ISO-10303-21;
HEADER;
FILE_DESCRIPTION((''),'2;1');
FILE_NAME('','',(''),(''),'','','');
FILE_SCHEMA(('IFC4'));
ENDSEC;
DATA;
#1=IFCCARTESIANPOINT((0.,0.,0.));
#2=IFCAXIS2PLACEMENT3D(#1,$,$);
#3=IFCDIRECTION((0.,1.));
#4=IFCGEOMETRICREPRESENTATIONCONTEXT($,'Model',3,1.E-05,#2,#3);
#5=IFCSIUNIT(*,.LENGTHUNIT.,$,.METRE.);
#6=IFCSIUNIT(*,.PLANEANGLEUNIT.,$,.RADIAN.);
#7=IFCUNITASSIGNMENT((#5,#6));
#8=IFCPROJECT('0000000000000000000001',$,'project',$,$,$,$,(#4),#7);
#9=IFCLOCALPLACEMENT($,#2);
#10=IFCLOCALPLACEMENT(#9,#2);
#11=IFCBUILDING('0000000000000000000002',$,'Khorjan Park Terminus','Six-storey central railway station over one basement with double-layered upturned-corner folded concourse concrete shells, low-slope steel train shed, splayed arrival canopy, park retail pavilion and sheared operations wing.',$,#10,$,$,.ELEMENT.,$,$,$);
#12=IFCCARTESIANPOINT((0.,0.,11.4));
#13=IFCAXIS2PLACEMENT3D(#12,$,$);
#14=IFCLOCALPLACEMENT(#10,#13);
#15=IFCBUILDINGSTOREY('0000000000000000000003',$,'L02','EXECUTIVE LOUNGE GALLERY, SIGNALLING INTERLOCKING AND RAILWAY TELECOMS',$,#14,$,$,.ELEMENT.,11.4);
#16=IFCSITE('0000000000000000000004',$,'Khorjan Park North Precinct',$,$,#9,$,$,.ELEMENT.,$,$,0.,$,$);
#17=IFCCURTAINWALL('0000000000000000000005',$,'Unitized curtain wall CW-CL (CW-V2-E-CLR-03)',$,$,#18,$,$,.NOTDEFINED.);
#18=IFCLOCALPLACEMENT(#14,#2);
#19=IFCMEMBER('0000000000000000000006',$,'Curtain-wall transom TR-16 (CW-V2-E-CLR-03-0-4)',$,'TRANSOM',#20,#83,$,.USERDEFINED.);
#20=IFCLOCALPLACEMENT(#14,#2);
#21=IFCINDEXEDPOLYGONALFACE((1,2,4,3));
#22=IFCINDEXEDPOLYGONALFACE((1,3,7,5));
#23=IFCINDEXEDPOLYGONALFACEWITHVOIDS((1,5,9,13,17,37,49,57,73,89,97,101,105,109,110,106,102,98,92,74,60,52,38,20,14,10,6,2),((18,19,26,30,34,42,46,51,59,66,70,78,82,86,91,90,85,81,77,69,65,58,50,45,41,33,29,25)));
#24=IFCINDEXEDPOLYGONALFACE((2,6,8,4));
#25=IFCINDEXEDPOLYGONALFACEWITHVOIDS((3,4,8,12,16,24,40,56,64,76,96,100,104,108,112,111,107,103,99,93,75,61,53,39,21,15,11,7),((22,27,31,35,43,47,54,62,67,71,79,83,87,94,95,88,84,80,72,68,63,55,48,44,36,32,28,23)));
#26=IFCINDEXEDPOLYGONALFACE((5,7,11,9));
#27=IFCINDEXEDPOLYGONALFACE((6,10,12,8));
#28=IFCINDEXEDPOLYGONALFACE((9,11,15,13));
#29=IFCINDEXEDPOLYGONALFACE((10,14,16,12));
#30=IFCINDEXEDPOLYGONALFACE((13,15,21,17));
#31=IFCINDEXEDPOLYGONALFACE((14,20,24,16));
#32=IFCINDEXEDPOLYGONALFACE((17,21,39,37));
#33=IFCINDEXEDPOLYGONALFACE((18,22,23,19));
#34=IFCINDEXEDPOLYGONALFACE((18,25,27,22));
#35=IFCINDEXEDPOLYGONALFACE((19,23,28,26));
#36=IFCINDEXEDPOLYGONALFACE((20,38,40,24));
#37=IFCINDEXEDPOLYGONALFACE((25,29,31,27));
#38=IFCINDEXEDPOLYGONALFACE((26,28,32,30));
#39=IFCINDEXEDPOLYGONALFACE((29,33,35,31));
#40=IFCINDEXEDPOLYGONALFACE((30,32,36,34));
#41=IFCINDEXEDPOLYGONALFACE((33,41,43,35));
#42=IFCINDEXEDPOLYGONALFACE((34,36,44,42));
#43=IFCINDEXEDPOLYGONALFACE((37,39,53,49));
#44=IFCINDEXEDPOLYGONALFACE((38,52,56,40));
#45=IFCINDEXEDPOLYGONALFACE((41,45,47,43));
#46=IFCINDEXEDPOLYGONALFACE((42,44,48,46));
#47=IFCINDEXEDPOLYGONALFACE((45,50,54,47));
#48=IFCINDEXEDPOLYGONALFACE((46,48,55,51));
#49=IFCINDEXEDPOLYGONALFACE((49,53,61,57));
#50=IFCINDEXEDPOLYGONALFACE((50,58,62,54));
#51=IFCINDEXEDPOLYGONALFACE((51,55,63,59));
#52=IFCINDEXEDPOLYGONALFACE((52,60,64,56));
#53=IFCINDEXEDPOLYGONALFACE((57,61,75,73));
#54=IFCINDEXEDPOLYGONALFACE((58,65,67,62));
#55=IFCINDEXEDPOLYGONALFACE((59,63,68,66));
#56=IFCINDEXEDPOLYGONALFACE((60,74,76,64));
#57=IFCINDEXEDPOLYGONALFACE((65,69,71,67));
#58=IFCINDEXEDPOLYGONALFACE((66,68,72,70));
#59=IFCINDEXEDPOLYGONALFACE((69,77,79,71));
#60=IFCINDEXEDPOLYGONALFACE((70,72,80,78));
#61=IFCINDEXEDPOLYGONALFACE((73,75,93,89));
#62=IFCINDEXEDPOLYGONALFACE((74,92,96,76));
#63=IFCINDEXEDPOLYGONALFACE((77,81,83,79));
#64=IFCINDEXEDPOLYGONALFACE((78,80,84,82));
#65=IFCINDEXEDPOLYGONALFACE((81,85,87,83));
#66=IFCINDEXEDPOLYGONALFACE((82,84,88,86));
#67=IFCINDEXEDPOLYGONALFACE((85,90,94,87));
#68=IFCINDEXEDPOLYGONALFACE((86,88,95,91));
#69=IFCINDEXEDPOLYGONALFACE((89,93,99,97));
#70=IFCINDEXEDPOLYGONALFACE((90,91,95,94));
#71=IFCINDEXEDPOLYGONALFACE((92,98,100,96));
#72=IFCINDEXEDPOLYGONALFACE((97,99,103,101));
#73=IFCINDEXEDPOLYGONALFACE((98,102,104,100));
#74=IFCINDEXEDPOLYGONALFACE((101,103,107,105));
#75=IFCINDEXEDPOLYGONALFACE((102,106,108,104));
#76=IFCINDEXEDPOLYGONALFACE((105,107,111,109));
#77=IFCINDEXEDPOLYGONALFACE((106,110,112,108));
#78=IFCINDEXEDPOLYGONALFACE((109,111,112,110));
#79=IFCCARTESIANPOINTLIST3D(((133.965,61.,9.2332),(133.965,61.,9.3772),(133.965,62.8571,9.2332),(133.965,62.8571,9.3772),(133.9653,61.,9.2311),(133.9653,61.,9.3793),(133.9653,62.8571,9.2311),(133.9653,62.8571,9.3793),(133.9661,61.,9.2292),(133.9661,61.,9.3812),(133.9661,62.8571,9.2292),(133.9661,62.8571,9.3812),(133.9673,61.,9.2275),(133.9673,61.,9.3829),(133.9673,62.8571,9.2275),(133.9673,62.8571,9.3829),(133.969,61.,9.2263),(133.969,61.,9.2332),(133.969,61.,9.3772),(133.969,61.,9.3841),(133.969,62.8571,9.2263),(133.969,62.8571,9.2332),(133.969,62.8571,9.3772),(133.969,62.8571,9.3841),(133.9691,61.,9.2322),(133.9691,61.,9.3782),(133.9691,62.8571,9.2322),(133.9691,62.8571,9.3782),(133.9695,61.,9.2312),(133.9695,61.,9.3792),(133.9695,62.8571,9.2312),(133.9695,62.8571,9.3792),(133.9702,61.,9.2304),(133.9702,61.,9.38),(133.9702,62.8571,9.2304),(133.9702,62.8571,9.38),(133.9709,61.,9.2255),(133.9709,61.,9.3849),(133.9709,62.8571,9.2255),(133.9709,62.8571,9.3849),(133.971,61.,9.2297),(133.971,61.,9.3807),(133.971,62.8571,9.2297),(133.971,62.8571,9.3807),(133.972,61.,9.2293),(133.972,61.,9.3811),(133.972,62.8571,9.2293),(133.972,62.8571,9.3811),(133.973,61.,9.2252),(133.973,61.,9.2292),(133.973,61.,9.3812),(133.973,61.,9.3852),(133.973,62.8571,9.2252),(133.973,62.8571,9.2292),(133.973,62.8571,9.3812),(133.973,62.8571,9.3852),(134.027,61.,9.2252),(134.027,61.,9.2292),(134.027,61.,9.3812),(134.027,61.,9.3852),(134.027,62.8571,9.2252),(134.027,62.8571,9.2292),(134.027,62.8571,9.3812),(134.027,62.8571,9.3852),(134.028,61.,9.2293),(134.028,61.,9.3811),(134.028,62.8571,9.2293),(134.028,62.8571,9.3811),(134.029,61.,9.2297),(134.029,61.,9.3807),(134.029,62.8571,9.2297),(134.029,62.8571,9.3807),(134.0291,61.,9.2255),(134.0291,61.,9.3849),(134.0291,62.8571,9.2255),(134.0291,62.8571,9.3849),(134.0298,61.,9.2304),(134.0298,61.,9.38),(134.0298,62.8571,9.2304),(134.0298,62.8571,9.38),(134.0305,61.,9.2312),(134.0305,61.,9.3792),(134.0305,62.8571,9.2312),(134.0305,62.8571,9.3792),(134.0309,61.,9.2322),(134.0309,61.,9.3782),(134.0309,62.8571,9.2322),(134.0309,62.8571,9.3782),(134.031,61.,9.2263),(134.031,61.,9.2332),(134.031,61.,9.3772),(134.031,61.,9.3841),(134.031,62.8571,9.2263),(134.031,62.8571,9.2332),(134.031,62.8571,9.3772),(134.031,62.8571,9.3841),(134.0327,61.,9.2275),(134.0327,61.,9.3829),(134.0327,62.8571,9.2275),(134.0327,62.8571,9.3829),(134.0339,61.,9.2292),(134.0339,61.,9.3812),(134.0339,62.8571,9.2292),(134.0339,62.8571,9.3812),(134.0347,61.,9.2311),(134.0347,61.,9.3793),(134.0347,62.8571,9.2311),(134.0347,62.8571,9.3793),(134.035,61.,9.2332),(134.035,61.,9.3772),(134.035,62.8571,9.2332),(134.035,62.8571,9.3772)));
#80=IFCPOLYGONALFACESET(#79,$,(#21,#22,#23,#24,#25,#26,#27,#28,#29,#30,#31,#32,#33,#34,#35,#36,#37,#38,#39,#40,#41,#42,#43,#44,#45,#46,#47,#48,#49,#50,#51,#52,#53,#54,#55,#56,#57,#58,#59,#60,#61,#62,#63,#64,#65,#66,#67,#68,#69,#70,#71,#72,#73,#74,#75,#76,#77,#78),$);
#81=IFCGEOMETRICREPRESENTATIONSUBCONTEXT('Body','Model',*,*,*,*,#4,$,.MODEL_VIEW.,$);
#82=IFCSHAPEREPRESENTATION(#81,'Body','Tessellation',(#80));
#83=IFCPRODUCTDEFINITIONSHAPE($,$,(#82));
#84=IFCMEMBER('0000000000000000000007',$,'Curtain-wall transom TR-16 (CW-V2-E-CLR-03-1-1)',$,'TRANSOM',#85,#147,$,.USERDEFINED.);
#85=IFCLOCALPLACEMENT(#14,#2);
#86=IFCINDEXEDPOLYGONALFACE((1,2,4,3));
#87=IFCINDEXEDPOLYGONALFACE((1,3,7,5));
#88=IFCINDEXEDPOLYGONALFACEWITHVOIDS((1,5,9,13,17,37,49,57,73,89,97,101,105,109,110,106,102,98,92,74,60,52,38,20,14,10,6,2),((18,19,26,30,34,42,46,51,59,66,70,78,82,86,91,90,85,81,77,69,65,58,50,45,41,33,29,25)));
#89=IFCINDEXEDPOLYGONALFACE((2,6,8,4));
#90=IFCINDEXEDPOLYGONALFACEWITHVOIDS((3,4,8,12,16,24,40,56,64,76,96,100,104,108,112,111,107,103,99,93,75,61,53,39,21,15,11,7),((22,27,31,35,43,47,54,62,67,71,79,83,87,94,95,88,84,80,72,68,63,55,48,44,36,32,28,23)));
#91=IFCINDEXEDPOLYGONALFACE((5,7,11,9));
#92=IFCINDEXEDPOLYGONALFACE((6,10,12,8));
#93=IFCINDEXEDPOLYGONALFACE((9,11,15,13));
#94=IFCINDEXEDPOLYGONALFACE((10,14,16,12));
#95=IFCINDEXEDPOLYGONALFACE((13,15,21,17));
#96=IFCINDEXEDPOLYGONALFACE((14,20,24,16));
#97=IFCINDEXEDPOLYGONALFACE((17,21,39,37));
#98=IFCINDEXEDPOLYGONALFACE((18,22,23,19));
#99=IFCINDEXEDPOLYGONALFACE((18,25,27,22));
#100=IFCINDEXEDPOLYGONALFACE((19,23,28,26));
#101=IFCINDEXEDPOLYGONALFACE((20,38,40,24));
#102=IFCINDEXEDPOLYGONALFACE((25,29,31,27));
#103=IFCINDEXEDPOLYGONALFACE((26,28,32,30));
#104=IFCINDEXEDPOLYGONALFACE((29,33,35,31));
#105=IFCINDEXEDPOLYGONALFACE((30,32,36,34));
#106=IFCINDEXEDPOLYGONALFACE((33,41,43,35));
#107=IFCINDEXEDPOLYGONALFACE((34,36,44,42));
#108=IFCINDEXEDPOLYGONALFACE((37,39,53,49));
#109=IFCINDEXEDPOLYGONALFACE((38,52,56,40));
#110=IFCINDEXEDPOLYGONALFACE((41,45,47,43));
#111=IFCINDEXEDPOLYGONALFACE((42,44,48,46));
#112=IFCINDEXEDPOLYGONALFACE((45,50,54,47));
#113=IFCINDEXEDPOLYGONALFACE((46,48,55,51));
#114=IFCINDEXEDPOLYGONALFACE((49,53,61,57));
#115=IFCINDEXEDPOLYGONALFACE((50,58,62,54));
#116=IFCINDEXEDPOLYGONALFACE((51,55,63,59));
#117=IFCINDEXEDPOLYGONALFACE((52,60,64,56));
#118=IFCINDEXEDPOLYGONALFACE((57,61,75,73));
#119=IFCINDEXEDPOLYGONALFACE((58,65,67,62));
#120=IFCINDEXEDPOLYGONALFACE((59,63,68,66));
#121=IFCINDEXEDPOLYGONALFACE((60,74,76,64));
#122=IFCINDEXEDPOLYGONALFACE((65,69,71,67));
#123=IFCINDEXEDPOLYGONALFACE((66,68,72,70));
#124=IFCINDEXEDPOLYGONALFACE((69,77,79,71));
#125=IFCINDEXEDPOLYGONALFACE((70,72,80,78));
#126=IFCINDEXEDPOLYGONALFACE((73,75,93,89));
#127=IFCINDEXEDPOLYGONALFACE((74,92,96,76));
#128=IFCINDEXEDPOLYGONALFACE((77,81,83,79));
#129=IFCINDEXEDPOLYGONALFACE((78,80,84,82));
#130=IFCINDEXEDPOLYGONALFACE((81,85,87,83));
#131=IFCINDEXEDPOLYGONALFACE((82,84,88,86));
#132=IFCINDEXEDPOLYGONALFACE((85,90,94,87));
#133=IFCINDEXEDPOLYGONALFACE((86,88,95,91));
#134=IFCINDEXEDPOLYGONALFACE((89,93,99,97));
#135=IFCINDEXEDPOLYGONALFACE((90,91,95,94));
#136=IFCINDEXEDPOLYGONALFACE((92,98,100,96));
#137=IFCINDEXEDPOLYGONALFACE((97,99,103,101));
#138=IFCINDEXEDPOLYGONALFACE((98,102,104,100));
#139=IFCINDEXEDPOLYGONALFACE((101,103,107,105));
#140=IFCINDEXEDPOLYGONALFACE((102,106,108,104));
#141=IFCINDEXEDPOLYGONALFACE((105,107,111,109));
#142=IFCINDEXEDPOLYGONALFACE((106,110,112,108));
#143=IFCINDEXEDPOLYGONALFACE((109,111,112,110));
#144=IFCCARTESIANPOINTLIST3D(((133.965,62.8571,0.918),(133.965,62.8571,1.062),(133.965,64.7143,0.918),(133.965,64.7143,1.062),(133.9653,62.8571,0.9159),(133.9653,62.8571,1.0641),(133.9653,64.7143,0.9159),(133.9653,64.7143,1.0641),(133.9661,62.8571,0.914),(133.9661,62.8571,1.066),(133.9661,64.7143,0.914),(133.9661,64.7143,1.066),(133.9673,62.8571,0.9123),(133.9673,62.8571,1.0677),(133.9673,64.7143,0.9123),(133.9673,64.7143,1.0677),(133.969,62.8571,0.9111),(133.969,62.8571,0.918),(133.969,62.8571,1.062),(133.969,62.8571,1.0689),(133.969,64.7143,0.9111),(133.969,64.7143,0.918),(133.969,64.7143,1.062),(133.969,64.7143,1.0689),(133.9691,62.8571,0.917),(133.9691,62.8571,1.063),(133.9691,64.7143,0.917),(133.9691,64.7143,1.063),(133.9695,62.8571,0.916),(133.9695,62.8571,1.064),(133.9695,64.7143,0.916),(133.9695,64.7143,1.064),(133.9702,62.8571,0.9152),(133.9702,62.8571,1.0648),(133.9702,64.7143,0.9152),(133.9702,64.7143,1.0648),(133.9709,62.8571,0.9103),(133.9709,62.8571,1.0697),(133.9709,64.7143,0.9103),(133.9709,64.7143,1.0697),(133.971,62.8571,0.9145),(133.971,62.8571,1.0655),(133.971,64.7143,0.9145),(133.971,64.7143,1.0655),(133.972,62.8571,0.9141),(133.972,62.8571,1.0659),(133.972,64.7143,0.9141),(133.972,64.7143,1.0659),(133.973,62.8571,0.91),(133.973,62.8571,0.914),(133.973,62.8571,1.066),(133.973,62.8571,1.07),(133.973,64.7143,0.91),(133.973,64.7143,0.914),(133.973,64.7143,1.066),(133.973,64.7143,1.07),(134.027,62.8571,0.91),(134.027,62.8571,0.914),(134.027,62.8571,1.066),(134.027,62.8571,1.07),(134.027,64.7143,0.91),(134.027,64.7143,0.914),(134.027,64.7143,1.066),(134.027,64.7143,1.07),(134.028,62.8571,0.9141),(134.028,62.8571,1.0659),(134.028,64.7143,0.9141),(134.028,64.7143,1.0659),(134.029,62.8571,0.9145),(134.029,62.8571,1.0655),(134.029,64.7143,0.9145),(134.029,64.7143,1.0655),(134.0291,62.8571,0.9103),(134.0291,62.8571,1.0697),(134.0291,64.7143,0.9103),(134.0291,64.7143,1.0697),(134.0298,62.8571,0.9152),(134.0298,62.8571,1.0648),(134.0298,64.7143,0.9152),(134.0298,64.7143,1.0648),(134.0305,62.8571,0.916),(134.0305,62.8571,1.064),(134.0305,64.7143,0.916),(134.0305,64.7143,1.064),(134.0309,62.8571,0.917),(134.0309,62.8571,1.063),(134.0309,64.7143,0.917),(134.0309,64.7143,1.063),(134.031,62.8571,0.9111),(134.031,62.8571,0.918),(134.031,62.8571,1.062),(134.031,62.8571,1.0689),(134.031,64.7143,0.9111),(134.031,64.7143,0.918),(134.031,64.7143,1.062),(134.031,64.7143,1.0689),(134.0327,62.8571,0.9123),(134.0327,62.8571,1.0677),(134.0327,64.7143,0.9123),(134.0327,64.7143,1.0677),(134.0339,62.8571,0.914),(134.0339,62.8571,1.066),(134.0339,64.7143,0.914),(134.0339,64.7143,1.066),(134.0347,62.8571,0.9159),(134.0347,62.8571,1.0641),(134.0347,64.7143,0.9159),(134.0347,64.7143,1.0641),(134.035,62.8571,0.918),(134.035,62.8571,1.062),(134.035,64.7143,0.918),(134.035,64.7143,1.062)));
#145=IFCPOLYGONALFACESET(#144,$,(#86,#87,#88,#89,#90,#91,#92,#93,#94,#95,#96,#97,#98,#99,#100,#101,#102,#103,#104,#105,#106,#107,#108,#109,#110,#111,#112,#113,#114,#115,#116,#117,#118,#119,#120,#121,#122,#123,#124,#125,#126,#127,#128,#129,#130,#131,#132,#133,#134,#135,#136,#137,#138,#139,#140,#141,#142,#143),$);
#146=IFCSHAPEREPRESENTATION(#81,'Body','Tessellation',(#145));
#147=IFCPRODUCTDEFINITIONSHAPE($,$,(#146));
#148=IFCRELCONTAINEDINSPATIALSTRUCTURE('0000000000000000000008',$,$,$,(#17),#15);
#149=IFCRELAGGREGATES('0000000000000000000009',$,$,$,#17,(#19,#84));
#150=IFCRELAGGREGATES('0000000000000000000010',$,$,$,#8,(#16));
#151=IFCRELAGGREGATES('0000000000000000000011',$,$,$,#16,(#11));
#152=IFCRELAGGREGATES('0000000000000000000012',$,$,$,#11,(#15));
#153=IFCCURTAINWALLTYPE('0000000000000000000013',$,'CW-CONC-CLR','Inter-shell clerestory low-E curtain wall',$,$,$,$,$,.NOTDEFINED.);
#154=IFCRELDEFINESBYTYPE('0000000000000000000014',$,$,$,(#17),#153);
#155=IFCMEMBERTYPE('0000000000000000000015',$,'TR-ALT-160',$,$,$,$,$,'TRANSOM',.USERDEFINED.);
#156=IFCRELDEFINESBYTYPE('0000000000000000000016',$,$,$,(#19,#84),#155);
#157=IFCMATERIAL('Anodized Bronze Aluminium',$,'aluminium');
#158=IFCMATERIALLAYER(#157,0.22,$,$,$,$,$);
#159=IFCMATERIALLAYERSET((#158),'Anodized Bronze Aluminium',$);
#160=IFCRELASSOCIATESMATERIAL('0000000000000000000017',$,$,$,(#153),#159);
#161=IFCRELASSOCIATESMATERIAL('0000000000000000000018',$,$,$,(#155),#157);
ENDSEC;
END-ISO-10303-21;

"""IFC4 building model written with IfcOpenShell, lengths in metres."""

from ifc_helpers import new_model, si_unit, direction, frame, origin, origin_2d, place, context, subcontext, project, spatial, hollow_rectangle, extrude, material, layer, layer_set, material_profile, profile_set, type_object, element, aggregate, save


model = new_model("IFC4")

# Units and contexts
model_context = context("Model", 3, precision=1e-05, world=origin(), true_north=direction((0.0, 1.0)))
body_context = subcontext(model_context, "Body", "Model", "MODEL_VIEW")
ifc_project = project(units=[si_unit("LENGTHUNIT", "METRE"), si_unit("PLANEANGLEUNIT", "RADIAN")], contexts=[model_context])

# Site, building, storey
site_placement = place(None, origin())
site = spatial("IfcSite", under=ifc_project, at=site_placement, Name="Khorjan Park North Precinct", CompositionType="ELEMENT", RefElevation=0.0)
building_placement = place(site_placement, origin())
building = spatial("IfcBuilding", under=site, at=building_placement, Name="Khorjan Park Terminus", Description="Six-storey central railway station over one basement with double-layered upturned-corner folded concourse concrete shells, low-slope steel train shed, splayed arrival canopy, park retail pavilion and sheared operations wing.", CompositionType="ELEMENT")
storey_placement = place(building_placement, frame((0.0, 0.0, 11.4)))
storey = spatial("IfcBuildingStorey", under=building, at=storey_placement, Name="L02", Description="EXECUTIVE LOUNGE GALLERY, SIGNALLING INTERLOCKING AND RAILWAY TELECOMS", CompositionType="ELEMENT", Elevation=11.4)

# Shared definitions
ifc_material_1 = material(Name="Anodized Bronze Aluminium", Category="aluminium")
ifc_layer_1 = layer(ifc_material_1, 0.22)
ifc_layer_set_1 = layer_set([ifc_layer_1], Name="Anodized Bronze Aluminium")
curtain_wall_type = type_object("IfcCurtainWallType", Name="CW-CONC-CLR", Description="Inter-shell clerestory low-E curtain wall", PredefinedType="NOTDEFINED", material=ifc_layer_set_1)

# Curtain wall
curtain_wall_1_placement = place(storey_placement, origin())
curtain_wall_1 = element("IfcCurtainWall", 1, at=curtain_wall_1_placement, inside=storey, type_object=curtain_wall_type, Name="Unitized curtain wall CW-CL (CW-V2-E-CLR-03)", PredefinedType="NOTDEFINED")

# Members
ifc_material_profile_1 = material_profile(ifc_material_1, hollow_rectangle(XDim=0.07, YDim=0.16, WallThickness=0.004, InnerFilletRadius=0.004, OuterFilletRadius=0.008, at=origin_2d()), Name="ALT 70x160x4")
ifc_profile_set_1 = profile_set([ifc_material_profile_1], Name="Anodized Bronze Aluminium")
member_type_1 = type_object("IfcMemberType", Name="TR-ALT-160", ElementType="TRANSOM", PredefinedType="USERDEFINED", material=ifc_profile_set_1)
member_1_placement = place(storey_placement, frame((134.0, 61.0, 9.3052), z_axis=(0.0, 1.0, 0.0), x_axis=(-1.0, 0.0, 0.0)))
member_1 = element("IfcMember", 2, at=member_1_placement, type_object=member_type_1, Name="Curtain-wall transom TR-16 (CW-V2-E-CLR-03-0-4)", ObjectType="TRANSOM", PredefinedType="USERDEFINED", context=body_context, shape_type="SweptSolid", body=[
    extrude(hollow_rectangle(XDim=0.07, YDim=0.16, WallThickness=0.004, InnerFilletRadius=0.004, OuterFilletRadius=0.008, at=origin_2d()), origin(), (0.0, 0.0, 1.0), 1.8571),
])
member_2_placement = place(storey_placement, frame((134.0, 62.8571, 0.99), z_axis=(0.0, 1.0, 0.0), x_axis=(-1.0, 0.0, 0.0)))
member_2 = element("IfcMember", 3, at=member_2_placement, type_object=member_type_1, Name="Curtain-wall transom TR-16 (CW-V2-E-CLR-03-1-1)", ObjectType="TRANSOM", PredefinedType="USERDEFINED", context=body_context, shape_type="SweptSolid", body=[
    extrude(hollow_rectangle(XDim=0.07, YDim=0.16, WallThickness=0.004, InnerFilletRadius=0.004, OuterFilletRadius=0.008, at=origin_2d()), origin(), (0.0, 0.0, 1.0), 1.8572),
])

aggregate(curtain_wall_1, [member_1, member_2])

save(model, "model.ifc")
